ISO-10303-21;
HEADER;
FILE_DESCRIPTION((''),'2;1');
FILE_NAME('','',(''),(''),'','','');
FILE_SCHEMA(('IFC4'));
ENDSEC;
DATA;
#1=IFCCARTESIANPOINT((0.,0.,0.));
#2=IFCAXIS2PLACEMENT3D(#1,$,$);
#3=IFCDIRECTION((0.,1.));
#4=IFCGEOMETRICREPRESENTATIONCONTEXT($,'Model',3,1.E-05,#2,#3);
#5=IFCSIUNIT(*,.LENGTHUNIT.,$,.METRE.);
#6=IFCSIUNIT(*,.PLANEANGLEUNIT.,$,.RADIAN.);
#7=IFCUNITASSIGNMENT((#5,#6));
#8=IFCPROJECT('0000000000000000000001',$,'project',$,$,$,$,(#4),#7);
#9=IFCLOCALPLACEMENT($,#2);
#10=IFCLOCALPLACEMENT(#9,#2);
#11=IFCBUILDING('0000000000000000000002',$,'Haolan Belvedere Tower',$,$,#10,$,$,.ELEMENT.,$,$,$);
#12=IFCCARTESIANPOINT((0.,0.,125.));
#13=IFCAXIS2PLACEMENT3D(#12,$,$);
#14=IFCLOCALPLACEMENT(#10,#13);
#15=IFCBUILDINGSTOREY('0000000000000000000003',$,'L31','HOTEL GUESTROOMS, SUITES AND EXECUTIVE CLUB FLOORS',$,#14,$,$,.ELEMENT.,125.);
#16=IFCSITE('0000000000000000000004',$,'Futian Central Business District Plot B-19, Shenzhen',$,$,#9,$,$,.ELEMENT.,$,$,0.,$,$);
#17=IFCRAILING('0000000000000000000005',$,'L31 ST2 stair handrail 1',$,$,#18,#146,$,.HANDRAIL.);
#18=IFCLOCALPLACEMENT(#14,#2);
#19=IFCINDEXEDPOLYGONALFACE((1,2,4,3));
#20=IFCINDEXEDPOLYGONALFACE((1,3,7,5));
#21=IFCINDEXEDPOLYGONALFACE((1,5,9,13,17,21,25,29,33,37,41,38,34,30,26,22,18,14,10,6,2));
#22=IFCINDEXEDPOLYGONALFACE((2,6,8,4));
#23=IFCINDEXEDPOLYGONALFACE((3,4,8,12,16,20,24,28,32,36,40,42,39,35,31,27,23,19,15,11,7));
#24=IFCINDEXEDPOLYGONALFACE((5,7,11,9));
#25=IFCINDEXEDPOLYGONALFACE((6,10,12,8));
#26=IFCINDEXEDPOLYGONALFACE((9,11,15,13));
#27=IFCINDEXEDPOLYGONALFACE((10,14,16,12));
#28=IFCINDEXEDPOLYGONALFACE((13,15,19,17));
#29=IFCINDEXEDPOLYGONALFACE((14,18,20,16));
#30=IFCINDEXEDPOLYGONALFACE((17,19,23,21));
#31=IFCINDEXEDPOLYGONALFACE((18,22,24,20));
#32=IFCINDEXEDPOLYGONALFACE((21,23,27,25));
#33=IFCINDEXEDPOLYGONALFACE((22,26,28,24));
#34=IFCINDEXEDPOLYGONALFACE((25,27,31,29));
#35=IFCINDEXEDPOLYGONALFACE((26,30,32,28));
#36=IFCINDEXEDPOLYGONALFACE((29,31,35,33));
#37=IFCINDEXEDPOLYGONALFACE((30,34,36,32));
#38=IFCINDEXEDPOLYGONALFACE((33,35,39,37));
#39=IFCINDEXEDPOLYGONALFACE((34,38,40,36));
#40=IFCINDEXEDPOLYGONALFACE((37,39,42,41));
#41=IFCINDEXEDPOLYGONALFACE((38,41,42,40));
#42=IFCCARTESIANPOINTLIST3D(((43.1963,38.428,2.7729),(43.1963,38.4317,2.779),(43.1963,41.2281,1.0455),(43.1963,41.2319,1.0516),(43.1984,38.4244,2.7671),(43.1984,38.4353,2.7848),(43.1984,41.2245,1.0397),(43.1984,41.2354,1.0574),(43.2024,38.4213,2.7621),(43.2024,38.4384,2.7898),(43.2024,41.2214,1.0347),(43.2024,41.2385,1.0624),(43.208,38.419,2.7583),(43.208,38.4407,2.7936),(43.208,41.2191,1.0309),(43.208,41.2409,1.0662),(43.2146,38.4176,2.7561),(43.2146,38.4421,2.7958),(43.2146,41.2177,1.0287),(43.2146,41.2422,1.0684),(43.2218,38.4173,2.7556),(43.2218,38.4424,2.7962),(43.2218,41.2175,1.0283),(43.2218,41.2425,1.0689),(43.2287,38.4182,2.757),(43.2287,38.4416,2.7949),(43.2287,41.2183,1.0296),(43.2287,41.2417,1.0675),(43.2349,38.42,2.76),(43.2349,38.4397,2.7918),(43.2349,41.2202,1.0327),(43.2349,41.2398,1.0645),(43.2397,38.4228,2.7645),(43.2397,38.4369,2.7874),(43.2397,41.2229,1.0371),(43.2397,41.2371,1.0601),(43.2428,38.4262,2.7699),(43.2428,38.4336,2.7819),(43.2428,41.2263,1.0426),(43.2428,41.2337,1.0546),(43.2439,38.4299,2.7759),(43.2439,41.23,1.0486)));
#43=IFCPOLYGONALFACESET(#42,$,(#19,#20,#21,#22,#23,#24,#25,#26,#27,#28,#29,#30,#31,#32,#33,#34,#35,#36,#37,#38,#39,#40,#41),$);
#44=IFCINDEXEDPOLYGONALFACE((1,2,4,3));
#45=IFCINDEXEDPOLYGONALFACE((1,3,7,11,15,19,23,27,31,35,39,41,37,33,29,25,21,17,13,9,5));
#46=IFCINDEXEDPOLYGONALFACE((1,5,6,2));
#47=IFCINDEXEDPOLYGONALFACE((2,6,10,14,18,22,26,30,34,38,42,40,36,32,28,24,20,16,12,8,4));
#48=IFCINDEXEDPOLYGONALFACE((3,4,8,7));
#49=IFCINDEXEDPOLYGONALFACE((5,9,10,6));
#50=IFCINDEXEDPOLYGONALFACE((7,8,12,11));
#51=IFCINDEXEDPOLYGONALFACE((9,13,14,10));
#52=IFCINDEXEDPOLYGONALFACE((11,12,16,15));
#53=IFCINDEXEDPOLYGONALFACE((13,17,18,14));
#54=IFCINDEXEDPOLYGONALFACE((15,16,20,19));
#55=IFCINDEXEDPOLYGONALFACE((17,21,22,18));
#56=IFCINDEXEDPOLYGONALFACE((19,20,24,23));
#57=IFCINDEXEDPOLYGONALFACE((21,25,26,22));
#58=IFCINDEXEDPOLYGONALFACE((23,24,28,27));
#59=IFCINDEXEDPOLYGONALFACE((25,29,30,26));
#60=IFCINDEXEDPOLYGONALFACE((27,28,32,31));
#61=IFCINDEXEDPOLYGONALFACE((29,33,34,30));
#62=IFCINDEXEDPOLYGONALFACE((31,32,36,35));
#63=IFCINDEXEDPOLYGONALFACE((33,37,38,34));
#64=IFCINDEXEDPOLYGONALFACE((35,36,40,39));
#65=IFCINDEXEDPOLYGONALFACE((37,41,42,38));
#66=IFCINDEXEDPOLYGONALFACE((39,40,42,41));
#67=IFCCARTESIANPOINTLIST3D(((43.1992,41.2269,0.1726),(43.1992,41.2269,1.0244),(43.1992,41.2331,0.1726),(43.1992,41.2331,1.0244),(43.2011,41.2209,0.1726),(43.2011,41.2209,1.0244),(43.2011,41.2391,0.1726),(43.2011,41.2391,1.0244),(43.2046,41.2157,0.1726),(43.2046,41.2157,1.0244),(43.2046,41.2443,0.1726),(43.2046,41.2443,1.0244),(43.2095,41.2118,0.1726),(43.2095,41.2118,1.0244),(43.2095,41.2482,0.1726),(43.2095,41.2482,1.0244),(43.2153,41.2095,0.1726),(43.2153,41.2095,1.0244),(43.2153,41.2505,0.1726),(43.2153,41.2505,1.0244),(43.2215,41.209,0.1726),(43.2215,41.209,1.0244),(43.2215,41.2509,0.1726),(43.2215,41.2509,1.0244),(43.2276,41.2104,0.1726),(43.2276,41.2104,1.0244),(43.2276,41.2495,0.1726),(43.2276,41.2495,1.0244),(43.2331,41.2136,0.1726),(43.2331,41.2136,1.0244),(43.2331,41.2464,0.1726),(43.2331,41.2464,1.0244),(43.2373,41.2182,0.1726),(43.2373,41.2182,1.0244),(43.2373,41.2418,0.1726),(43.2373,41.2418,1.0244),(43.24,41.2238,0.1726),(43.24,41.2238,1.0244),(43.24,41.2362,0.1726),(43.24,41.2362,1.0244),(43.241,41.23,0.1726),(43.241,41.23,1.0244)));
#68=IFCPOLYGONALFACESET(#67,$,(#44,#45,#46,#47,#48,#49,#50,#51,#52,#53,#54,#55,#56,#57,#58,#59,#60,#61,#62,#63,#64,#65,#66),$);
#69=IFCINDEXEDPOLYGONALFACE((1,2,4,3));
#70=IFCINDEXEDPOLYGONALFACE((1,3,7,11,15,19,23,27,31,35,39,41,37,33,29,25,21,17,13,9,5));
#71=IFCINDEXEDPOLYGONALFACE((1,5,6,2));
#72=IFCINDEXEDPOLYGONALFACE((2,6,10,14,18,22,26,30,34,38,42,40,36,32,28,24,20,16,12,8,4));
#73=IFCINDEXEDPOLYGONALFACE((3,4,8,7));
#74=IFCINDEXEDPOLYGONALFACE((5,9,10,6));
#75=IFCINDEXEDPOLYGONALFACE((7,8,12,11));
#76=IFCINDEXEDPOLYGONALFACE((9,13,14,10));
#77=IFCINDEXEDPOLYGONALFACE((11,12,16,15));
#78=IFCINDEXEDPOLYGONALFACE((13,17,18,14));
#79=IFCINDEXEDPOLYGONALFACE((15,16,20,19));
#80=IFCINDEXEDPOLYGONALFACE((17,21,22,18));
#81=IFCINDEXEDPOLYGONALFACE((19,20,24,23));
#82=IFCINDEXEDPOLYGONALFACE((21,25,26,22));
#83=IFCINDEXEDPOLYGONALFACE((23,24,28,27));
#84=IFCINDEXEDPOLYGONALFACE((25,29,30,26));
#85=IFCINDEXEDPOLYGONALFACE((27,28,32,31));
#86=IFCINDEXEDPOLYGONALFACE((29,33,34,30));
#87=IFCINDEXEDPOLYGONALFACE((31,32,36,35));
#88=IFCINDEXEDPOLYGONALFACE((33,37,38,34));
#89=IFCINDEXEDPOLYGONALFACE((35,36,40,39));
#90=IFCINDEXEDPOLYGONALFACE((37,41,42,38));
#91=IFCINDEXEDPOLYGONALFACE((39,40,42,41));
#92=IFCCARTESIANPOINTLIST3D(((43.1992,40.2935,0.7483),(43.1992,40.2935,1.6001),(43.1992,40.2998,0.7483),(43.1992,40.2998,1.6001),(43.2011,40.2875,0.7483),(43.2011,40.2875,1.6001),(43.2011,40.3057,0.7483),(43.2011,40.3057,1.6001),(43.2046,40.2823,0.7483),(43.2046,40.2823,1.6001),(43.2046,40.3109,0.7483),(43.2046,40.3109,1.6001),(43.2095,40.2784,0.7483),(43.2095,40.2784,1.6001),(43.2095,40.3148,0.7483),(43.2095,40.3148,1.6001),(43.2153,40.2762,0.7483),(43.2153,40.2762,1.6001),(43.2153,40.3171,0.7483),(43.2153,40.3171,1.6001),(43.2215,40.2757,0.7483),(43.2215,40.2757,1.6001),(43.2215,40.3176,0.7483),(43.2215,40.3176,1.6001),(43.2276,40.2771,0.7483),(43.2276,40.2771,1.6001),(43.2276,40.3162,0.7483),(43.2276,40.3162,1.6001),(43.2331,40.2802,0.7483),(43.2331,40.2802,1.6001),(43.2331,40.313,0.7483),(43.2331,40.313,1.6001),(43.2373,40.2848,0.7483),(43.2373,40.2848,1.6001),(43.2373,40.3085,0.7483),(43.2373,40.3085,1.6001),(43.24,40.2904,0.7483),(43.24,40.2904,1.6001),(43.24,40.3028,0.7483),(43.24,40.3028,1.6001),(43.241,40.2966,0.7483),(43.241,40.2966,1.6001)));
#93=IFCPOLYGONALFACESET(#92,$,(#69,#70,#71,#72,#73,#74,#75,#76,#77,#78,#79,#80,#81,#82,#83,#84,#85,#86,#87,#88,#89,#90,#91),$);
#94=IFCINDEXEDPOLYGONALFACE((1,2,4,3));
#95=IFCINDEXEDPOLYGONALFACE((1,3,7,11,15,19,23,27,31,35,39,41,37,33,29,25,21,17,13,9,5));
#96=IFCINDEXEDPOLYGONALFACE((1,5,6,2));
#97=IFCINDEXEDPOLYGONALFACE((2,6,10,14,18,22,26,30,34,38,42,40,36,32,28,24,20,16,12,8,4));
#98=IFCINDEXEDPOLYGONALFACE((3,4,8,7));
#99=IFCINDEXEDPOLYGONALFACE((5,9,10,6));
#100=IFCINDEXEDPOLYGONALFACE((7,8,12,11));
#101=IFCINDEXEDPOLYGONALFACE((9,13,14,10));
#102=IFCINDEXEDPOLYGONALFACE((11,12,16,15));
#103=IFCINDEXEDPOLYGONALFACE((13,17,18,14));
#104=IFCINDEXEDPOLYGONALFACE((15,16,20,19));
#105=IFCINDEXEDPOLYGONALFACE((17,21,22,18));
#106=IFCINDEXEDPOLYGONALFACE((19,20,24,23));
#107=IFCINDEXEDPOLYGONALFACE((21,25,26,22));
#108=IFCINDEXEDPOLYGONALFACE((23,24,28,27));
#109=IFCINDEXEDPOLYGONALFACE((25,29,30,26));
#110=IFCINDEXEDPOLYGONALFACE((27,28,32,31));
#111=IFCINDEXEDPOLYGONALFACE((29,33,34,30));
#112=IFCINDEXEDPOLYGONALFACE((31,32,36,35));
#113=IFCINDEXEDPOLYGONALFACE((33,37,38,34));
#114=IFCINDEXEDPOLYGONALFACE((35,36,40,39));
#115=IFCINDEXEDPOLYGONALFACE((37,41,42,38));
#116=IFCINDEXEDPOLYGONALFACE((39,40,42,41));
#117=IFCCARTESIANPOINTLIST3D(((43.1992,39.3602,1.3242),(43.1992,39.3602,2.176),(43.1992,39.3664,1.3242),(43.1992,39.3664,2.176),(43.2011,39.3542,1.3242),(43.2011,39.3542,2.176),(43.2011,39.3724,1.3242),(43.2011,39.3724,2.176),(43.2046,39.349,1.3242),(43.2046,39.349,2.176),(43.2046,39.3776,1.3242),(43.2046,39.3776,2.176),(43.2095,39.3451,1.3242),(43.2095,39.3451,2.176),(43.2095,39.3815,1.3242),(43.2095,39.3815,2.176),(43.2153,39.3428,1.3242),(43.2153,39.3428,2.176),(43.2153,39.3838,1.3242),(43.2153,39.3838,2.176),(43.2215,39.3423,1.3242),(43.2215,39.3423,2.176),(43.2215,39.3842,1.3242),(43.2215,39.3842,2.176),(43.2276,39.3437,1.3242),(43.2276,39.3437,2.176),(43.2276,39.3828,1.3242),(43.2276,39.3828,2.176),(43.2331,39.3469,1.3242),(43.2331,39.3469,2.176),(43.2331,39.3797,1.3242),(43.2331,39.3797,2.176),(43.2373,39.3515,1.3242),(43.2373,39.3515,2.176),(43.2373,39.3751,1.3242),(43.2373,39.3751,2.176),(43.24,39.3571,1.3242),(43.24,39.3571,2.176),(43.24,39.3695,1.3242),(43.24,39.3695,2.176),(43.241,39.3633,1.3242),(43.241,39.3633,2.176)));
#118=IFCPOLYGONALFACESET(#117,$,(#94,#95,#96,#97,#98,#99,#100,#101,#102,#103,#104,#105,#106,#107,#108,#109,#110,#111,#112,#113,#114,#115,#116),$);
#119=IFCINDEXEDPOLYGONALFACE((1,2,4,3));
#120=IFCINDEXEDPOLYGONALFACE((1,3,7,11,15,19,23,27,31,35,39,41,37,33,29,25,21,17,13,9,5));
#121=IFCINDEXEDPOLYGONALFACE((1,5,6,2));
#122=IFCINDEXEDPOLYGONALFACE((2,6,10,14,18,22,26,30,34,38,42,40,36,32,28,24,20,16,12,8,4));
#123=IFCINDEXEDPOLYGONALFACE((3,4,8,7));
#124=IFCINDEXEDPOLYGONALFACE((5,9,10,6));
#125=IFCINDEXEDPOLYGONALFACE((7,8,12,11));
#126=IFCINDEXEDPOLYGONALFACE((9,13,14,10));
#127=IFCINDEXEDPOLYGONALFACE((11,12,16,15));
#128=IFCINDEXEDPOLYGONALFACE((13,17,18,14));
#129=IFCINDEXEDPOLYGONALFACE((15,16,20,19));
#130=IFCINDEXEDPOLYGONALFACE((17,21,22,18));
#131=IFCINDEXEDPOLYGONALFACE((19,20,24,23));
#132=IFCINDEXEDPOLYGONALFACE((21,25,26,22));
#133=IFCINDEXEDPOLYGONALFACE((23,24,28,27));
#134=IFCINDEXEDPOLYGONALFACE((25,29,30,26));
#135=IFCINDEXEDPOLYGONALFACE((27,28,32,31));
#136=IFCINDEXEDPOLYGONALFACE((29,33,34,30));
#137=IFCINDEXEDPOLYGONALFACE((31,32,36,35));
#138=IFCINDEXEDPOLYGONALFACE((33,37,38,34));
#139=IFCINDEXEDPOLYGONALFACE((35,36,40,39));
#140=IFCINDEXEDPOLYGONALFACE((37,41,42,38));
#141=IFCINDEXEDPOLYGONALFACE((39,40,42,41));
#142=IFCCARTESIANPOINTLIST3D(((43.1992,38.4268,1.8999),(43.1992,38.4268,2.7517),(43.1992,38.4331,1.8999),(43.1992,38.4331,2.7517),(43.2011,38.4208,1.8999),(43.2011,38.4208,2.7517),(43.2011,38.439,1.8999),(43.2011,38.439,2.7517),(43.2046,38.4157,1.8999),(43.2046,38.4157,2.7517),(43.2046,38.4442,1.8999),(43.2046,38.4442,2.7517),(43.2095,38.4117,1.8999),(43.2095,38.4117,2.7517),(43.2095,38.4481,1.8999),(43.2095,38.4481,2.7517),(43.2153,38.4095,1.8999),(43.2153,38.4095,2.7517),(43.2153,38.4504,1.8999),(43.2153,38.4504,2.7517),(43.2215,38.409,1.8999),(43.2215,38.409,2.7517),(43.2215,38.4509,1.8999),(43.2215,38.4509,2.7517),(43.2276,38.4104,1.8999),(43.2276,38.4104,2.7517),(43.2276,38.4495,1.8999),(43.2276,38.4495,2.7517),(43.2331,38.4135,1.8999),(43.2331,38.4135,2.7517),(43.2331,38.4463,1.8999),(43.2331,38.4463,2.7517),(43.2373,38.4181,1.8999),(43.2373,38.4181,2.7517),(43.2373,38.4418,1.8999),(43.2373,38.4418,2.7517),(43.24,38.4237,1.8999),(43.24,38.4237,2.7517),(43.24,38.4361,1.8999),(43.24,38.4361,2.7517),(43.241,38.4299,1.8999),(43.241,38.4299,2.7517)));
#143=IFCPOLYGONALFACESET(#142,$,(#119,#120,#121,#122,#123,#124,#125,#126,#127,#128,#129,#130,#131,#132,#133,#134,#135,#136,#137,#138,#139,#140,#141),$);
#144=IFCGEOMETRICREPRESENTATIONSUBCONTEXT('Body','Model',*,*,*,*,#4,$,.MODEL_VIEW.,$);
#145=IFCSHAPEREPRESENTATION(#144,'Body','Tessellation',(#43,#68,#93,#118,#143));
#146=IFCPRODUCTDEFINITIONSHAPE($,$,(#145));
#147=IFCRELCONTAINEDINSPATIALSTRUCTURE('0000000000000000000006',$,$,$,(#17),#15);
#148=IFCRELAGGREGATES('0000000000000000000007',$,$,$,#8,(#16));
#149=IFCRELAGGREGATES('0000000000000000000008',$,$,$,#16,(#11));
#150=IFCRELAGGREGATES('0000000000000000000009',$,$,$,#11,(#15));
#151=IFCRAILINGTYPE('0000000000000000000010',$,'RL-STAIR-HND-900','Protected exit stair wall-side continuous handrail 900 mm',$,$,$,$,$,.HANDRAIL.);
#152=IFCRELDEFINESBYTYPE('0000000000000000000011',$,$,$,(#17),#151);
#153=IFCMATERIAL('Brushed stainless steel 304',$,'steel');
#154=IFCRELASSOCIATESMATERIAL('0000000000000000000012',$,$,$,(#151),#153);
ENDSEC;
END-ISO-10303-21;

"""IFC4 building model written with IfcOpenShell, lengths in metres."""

from ifc_helpers import new_model, si_unit, direction, frame, origin, origin_2d, place, context, subcontext, project, spatial, circle, extrude, material, type_object, element, save


model = new_model("IFC4")

# Units and contexts
model_context = context("Model", 3, precision=1e-05, world=origin(), true_north=direction((0.0, 1.0)))
body_context = subcontext(model_context, "Body", "Model", "MODEL_VIEW")
ifc_project = project(units=[si_unit("LENGTHUNIT", "METRE"), si_unit("PLANEANGLEUNIT", "RADIAN")], contexts=[model_context])

# Site, building, storey
site_placement = place(None, origin())
site = spatial("IfcSite", under=ifc_project, at=site_placement, Name="Futian Central Business District Plot B-19, Shenzhen", CompositionType="ELEMENT", RefElevation=0.0)
building_placement = place(site_placement, origin())
building = spatial("IfcBuilding", under=site, at=building_placement, Name="Haolan Belvedere Tower", CompositionType="ELEMENT")
storey_placement = place(building_placement, frame((0.0, 0.0, 125.0)))
storey = spatial("IfcBuildingStorey", under=building, at=storey_placement, Name="L31", Description="HOTEL GUESTROOMS, SUITES AND EXECUTIVE CLUB FLOORS", CompositionType="ELEMENT", Elevation=125.0)

# Railing
ifc_material_1 = material(Name="Brushed stainless steel 304", Category="steel")
railing_type_1 = type_object("IfcRailingType", Name="RL-STAIR-HND-900", Description="Protected exit stair wall-side continuous handrail 900 mm", PredefinedType="HANDRAIL", material=ifc_material_1)
railing_1_placement = place(storey_placement, frame((43.22, 41.23, 0.1726)))
element("IfcRailing", 1, at=railing_1_placement, inside=storey, type_object=railing_type_1, Name="L31 ST2 stair handrail 1", PredefinedType="HANDRAIL", context=body_context, shape_type="SweptSolid", body=[
    extrude(circle(Radius=0.0239, at=origin_2d()), frame((0.0, 0.0, 0.876), z_axis=(0.0, -0.85109, 0.52502), x_axis=(1.0, 0.0, 0.0)), (0.0, 0.0, 1.0), 3.29),
    extrude(circle(Radius=0.021, at=origin_2d()), origin(), (0.0, 0.0, 1.0), 0.8518),
    extrude(circle(Radius=0.021, at=origin_2d()), frame((0.0, -0.9333, 0.5757)), (0.0, 0.0, 1.0), 0.8518),
    extrude(circle(Radius=0.021, at=origin_2d()), frame((0.0, -1.8667, 1.1516)), (0.0, 0.0, 1.0), 0.8518),
    extrude(circle(Radius=0.021, at=origin_2d()), frame((0.0, -2.8, 1.7273)), (0.0, 0.0, 1.0), 0.8518),
])

save(model, "model.ifc")
